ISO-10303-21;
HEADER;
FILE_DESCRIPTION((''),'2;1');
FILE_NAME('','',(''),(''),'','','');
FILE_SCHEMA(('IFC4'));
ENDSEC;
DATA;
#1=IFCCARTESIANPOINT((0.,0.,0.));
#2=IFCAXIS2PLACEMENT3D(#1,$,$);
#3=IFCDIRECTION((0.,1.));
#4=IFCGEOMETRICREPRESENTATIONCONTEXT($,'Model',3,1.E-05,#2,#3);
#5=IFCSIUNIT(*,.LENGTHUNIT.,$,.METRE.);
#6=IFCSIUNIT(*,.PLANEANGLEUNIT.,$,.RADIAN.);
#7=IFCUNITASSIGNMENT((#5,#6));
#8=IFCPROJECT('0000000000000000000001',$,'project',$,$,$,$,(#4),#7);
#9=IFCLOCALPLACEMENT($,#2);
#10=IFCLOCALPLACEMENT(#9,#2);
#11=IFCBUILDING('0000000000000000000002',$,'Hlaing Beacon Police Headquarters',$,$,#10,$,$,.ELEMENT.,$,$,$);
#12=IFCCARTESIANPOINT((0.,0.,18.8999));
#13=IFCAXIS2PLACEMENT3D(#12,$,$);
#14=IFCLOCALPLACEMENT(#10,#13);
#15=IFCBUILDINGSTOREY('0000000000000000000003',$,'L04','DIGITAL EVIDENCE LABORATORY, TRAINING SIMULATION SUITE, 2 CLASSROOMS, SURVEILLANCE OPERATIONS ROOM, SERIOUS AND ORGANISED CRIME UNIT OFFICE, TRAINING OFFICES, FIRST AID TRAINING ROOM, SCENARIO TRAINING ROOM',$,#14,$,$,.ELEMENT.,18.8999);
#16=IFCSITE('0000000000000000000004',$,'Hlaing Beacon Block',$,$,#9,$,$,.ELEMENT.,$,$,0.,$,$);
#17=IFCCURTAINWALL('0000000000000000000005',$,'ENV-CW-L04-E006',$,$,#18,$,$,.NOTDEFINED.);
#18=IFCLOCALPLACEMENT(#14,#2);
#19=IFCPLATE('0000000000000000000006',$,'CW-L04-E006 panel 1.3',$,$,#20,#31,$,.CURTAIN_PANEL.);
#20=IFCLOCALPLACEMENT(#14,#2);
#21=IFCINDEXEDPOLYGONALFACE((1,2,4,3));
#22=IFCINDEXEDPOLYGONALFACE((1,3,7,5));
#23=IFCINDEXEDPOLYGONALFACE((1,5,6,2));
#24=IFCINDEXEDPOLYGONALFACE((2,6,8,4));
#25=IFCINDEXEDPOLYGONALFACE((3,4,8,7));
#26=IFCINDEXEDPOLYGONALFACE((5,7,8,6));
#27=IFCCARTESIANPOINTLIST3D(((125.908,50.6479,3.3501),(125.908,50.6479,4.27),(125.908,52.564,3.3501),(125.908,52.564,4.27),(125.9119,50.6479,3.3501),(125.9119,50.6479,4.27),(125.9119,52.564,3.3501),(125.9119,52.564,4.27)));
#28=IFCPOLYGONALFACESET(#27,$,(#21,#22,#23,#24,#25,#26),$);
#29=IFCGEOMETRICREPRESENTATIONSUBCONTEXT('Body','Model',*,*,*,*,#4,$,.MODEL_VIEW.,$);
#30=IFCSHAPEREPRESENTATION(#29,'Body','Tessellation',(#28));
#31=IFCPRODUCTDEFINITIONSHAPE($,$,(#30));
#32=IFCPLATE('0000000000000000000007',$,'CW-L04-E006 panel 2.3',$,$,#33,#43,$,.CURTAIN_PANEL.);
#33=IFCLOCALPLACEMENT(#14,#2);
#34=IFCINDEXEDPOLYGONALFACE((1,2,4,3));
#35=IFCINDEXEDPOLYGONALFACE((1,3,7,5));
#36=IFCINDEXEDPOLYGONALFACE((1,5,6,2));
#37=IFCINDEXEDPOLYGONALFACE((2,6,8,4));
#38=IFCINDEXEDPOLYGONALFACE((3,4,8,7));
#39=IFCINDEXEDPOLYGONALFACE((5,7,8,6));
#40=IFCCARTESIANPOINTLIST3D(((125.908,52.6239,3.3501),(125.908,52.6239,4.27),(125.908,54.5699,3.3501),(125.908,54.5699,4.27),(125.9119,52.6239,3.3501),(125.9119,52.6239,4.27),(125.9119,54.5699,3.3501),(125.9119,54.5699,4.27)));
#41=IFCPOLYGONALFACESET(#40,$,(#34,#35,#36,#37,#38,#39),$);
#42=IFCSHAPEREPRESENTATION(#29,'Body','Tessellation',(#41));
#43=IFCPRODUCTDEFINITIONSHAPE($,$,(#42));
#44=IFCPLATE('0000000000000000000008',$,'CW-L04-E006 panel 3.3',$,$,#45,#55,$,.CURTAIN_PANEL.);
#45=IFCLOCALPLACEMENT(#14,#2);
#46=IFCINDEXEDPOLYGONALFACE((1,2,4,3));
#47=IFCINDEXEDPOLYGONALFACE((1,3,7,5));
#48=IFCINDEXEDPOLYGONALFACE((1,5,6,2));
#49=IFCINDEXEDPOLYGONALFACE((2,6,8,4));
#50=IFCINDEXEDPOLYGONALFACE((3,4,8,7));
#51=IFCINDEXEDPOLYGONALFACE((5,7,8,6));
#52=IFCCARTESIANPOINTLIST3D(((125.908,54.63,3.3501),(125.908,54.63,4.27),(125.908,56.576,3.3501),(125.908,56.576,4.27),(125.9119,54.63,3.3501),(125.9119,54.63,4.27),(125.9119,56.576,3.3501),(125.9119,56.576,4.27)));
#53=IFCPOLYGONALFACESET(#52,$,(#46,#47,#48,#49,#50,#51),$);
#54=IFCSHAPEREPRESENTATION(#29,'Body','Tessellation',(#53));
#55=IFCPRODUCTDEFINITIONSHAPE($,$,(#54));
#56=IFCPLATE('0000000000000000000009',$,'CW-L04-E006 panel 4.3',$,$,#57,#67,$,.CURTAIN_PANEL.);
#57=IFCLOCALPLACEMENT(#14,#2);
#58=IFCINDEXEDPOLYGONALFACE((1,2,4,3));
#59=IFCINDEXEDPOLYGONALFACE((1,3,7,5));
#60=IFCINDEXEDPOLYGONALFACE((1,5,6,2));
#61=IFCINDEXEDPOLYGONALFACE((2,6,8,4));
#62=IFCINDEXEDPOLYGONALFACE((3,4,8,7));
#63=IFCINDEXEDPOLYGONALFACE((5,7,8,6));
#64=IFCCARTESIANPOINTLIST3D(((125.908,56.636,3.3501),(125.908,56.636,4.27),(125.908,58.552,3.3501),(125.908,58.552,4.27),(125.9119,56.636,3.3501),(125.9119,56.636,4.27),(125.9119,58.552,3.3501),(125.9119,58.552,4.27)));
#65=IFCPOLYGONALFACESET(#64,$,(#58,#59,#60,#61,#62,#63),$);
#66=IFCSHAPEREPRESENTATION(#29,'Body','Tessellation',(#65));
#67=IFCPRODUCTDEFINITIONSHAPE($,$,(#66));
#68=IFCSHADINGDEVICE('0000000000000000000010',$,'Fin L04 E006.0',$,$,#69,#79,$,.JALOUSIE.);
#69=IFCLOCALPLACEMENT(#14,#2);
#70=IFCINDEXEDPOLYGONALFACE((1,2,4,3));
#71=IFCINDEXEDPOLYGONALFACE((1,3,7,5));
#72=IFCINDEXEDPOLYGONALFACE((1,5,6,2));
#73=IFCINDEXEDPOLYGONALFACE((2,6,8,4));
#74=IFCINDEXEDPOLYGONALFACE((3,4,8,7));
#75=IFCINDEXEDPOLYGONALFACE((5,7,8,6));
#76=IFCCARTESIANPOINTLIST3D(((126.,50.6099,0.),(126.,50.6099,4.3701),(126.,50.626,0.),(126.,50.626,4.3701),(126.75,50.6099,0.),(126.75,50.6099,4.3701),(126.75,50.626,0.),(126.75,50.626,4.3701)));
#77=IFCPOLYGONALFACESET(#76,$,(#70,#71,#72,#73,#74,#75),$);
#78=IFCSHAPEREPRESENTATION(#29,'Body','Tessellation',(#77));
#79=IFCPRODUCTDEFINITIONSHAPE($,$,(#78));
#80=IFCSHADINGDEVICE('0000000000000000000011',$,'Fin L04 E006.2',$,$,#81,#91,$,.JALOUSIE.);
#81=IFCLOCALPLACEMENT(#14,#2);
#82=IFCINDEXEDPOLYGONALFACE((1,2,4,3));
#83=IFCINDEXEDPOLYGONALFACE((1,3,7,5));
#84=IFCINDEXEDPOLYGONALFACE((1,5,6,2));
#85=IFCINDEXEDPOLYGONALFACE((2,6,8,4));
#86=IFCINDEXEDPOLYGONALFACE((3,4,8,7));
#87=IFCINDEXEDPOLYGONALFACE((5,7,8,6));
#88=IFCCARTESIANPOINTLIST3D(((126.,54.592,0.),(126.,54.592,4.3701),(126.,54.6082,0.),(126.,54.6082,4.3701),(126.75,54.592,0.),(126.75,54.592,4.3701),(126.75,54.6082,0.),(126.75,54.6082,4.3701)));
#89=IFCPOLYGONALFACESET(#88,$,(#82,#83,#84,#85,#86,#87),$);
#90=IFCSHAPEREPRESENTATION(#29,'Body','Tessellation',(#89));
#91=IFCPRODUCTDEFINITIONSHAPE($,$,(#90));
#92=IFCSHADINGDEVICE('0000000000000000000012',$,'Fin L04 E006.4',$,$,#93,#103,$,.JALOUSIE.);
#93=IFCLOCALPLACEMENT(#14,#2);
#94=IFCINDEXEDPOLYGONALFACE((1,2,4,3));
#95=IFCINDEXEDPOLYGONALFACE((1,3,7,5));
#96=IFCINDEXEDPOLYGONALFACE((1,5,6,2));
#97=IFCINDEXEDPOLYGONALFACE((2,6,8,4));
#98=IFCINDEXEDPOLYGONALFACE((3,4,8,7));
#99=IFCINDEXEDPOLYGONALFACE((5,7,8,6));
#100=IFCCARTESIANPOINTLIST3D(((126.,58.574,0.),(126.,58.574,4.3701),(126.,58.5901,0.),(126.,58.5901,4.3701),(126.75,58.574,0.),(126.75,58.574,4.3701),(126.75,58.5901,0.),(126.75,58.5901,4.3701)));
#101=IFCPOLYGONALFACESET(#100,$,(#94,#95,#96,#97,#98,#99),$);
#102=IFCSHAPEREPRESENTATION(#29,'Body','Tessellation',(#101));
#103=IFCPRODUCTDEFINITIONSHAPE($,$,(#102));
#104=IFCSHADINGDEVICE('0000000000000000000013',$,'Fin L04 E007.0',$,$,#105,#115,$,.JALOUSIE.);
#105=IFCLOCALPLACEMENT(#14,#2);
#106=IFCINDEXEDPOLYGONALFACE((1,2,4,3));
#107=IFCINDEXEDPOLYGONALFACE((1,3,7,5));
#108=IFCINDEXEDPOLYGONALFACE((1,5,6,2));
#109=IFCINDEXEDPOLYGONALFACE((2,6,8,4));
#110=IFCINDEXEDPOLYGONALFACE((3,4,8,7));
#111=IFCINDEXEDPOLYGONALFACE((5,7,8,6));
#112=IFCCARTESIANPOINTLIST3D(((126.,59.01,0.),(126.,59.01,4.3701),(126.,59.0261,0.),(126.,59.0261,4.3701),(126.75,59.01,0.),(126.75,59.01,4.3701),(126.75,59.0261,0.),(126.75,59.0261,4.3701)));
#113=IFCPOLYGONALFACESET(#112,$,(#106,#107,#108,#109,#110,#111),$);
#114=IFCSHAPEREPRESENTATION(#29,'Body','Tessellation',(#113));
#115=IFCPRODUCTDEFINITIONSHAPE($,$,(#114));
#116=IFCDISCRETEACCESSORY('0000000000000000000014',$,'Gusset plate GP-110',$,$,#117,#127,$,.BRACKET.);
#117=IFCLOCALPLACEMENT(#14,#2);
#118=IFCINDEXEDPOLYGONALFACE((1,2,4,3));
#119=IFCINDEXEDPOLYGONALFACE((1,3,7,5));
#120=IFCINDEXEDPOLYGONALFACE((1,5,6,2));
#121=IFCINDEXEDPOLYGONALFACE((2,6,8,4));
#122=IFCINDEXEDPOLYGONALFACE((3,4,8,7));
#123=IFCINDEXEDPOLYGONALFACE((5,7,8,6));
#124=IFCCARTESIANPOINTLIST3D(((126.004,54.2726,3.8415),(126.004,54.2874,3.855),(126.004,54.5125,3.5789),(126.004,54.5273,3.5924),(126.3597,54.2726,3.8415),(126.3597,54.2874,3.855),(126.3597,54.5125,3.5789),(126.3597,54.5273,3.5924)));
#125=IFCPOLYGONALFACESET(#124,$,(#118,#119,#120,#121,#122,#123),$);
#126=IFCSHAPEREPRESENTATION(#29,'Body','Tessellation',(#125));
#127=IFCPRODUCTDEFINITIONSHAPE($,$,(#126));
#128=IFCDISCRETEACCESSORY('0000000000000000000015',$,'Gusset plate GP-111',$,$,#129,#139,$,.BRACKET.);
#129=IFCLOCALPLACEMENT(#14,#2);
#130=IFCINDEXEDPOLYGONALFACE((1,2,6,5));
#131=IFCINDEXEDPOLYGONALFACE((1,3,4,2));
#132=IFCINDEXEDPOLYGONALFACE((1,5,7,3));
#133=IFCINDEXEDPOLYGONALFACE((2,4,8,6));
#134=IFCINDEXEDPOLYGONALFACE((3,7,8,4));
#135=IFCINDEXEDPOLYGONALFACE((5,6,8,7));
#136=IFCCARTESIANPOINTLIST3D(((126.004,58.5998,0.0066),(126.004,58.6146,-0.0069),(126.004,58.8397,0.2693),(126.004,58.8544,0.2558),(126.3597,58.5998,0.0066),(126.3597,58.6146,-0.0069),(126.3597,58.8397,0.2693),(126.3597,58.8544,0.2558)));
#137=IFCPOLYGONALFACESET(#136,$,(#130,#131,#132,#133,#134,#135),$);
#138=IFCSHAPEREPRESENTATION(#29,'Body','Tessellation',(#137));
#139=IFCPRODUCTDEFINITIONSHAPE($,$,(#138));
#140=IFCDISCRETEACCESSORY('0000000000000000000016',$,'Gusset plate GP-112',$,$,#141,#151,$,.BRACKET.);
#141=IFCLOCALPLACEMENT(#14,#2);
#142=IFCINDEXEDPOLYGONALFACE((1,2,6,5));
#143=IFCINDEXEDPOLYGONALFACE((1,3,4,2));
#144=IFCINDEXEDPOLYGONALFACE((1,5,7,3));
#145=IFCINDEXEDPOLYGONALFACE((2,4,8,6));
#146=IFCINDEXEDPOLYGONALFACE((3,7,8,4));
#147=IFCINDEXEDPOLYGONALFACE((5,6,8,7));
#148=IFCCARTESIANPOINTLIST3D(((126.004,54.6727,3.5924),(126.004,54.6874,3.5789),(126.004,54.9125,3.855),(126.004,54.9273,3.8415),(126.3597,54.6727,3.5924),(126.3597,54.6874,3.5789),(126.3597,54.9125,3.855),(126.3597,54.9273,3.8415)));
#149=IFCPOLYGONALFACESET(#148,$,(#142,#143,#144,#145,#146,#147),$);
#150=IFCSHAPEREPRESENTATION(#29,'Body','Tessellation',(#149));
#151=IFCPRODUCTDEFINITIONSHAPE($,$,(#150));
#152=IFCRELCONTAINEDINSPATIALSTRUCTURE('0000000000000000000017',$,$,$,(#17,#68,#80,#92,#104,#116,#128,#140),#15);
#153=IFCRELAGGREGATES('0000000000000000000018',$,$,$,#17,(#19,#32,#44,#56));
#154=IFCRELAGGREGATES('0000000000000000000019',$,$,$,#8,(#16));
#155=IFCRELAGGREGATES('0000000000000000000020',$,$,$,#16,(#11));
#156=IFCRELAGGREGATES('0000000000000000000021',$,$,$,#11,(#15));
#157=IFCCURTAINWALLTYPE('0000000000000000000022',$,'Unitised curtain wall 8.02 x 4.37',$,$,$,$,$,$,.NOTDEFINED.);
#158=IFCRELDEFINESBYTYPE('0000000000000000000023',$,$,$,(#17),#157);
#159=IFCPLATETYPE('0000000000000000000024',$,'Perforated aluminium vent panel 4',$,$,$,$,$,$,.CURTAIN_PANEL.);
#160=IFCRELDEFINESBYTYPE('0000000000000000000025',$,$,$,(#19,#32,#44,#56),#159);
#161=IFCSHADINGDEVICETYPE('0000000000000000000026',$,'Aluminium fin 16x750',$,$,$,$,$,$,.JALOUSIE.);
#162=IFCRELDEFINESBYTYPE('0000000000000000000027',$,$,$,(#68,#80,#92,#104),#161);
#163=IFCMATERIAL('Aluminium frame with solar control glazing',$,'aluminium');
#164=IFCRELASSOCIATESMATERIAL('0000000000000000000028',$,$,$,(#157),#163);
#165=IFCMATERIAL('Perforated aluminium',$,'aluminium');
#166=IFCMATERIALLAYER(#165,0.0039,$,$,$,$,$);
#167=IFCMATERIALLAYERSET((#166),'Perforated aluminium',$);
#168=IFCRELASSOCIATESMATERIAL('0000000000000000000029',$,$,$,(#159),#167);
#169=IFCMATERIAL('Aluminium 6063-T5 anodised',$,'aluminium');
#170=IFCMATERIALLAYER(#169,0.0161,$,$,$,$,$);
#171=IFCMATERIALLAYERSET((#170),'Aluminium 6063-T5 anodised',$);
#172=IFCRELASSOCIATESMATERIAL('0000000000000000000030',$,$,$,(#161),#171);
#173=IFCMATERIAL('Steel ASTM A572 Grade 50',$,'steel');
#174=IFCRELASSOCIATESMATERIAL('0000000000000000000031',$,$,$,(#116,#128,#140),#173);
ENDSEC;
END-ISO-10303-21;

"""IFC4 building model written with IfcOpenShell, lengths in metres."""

from ifc_helpers import new_model, si_unit, direction, frame, origin, origin_2d, place, context, subcontext, project, spatial, rectangle, extrude, material, layer, layer_set, type_object, element, aggregate, save


model = new_model("IFC4")

# Units and contexts
model_context = context("Model", 3, precision=1e-05, world=origin(), true_north=direction((0.0, 1.0)))
body_context = subcontext(model_context, "Body", "Model", "MODEL_VIEW")
ifc_project = project(units=[si_unit("LENGTHUNIT", "METRE"), si_unit("PLANEANGLEUNIT", "RADIAN")], contexts=[model_context])

# Site, building, storey
site_placement = place(None, origin())
site = spatial("IfcSite", under=ifc_project, at=site_placement, Name="Hlaing Beacon Block", CompositionType="ELEMENT", RefElevation=0.0)
building_placement = place(site_placement, origin())
building = spatial("IfcBuilding", under=site, at=building_placement, Name="Hlaing Beacon Police Headquarters", CompositionType="ELEMENT")
storey_placement = place(building_placement, frame((0.0, 0.0, 18.8999)))
storey = spatial("IfcBuildingStorey", under=building, at=storey_placement, Name="L04", Description="DIGITAL EVIDENCE LABORATORY, TRAINING SIMULATION SUITE, 2 CLASSROOMS, SURVEILLANCE OPERATIONS ROOM, SERIOUS AND ORGANISED CRIME UNIT OFFICE, TRAINING OFFICES, FIRST AID TRAINING ROOM, SCENARIO TRAINING ROOM", CompositionType="ELEMENT", Elevation=18.8999)

# Curtain wall
ifc_material_1 = material(Name="Aluminium frame with solar control glazing", Category="aluminium")
curtain_wall_type_1 = type_object("IfcCurtainWallType", Name="Unitised curtain wall 8.02 x 4.37", PredefinedType="NOTDEFINED", material=ifc_material_1)
curtain_wall_1_placement = place(storey_placement, origin())
curtain_wall_1 = element("IfcCurtainWall", 1, at=curtain_wall_1_placement, inside=storey, type_object=curtain_wall_type_1, Name="ENV-CW-L04-E006", PredefinedType="NOTDEFINED")

# Plates
ifc_material_2 = material(Name="Perforated aluminium", Category="aluminium")
ifc_layer_1 = layer(ifc_material_2, 0.0039)
ifc_layer_set_1 = layer_set([ifc_layer_1], Name="Perforated aluminium")
plate_type_1 = type_object("IfcPlateType", Name="Perforated aluminium vent panel 4", PredefinedType="CURTAIN_PANEL", material=ifc_layer_set_1)
plate_1_placement = place(storey_placement, frame((125.9099, 51.606, 3.3501), z_axis=(0.0, 0.0, 1.0), x_axis=(0.0, 1.0, 0.0)))
plate_1 = element("IfcPlate", 2, at=plate_1_placement, type_object=plate_type_1, Name="CW-L04-E006 panel 1.3", PredefinedType="CURTAIN_PANEL", context=body_context, shape_type="SweptSolid", body=[
    extrude(rectangle(XDim=1.916, YDim=0.0039, at=origin_2d()), origin(), (0.0, 0.0, 1.0), 0.9199),
])
plate_2_placement = place(storey_placement, frame((125.9099, 53.5969, 3.3501), z_axis=(0.0, 0.0, 1.0), x_axis=(0.0, 1.0, 0.0)))
plate_2 = element("IfcPlate", 3, at=plate_2_placement, type_object=plate_type_1, Name="CW-L04-E006 panel 2.3", PredefinedType="CURTAIN_PANEL", context=body_context, shape_type="SweptSolid", body=[
    extrude(rectangle(XDim=1.946, YDim=0.0039, at=origin_2d()), origin(), (0.0, 0.0, 1.0), 0.9199),
])
plate_3_placement = place(storey_placement, frame((125.9099, 55.603, 3.3501), z_axis=(0.0, 0.0, 1.0), x_axis=(0.0, 1.0, 0.0)))
plate_3 = element("IfcPlate", 4, at=plate_3_placement, type_object=plate_type_1, Name="CW-L04-E006 panel 3.3", PredefinedType="CURTAIN_PANEL", context=body_context, shape_type="SweptSolid", body=[
    extrude(rectangle(XDim=1.946, YDim=0.0039, at=origin_2d()), origin(), (0.0, 0.0, 1.0), 0.9199),
])
plate_4_placement = place(storey_placement, frame((125.9099, 57.594, 3.3501), z_axis=(0.0, 0.0, 1.0), x_axis=(0.0, 1.0, 0.0)))
plate_4 = element("IfcPlate", 5, at=plate_4_placement, type_object=plate_type_1, Name="CW-L04-E006 panel 4.3", PredefinedType="CURTAIN_PANEL", context=body_context, shape_type="SweptSolid", body=[
    extrude(rectangle(XDim=1.916, YDim=0.0039, at=origin_2d()), origin(), (0.0, 0.0, 1.0), 0.9199),
])
aggregate(curtain_wall_1, [plate_1, plate_2, plate_3, plate_4])

# Shading devices
ifc_material_3 = material(Name="Aluminium 6063-T5 anodised", Category="aluminium")
ifc_layer_2 = layer(ifc_material_3, 0.0161)
ifc_layer_set_2 = layer_set([ifc_layer_2], Name="Aluminium 6063-T5 anodised")
shading_device_type = type_object("IfcShadingDeviceType", Name="Aluminium fin 16x750", PredefinedType="JALOUSIE", material=ifc_layer_set_2)
for number, where, z_axis, x_axis, name in (
    (6, (126.375, 50.6179, 0.0), (0.0, 0.0, 1.0), (0.0, 1.0, 0.0), "Fin L04 E006.0"),
    (7, (126.375, 54.6001, 0.0), (0.0, 0.0, 1.0), (0.0, 1.0, 0.0), "Fin L04 E006.2"),
    (8, (126.375, 58.582, 0.0), (0.0, 0.0, 1.0), (0.0, 1.0, 0.0), "Fin L04 E006.4"),
    (9, (126.375, 59.0181, 0.0), (0.0, 0.0, 1.0), (0.0, 1.0, 0.0), "Fin L04 E007.0"),
):
    element("IfcShadingDevice", number, at=place(storey_placement, frame(where, z_axis=z_axis, x_axis=x_axis)), inside=storey, type_object=shading_device_type, Name=name, PredefinedType="JALOUSIE", context=body_context, shape_type="SweptSolid", body=[
        extrude(rectangle(XDim=0.0161, YDim=0.75, at=origin_2d()), origin(), (0.0, 0.0, 1.0), 4.3701),
    ])

# Discrete accessories
ifc_material_4 = material(Name="Steel ASTM A572 Grade 50", Category="steel")
for number, where, z_axis, x_axis, name in (
    (10, (126.1819, 54.3926, 3.7102), (0.0, 0.738447, 0.674312), (-1.0, 0.0, 0.0), "Gusset plate GP-110"),
    (11, (126.1819, 58.7197, 0.1379), (0.0, 0.738447, -0.674312), (-1.0, 0.0, 0.0), "Gusset plate GP-111"),
    (12, (126.1819, 54.8074, 3.7102), (0.0, -0.738447, 0.674312), (1.0, 0.0, 0.0), "Gusset plate GP-112"),
):
    element("IfcDiscreteAccessory", number, at=place(storey_placement, frame(where, z_axis=z_axis, x_axis=x_axis)), inside=storey, material=ifc_material_4, Name=name, PredefinedType="BRACKET", context=body_context, shape_type="SweptSolid", body=[
        extrude(rectangle(XDim=0.3557, YDim=0.3557, at=origin_2d()), origin(), (0.0, 0.0, 1.0), 0.02),
    ])

save(model, "model.ifc")
